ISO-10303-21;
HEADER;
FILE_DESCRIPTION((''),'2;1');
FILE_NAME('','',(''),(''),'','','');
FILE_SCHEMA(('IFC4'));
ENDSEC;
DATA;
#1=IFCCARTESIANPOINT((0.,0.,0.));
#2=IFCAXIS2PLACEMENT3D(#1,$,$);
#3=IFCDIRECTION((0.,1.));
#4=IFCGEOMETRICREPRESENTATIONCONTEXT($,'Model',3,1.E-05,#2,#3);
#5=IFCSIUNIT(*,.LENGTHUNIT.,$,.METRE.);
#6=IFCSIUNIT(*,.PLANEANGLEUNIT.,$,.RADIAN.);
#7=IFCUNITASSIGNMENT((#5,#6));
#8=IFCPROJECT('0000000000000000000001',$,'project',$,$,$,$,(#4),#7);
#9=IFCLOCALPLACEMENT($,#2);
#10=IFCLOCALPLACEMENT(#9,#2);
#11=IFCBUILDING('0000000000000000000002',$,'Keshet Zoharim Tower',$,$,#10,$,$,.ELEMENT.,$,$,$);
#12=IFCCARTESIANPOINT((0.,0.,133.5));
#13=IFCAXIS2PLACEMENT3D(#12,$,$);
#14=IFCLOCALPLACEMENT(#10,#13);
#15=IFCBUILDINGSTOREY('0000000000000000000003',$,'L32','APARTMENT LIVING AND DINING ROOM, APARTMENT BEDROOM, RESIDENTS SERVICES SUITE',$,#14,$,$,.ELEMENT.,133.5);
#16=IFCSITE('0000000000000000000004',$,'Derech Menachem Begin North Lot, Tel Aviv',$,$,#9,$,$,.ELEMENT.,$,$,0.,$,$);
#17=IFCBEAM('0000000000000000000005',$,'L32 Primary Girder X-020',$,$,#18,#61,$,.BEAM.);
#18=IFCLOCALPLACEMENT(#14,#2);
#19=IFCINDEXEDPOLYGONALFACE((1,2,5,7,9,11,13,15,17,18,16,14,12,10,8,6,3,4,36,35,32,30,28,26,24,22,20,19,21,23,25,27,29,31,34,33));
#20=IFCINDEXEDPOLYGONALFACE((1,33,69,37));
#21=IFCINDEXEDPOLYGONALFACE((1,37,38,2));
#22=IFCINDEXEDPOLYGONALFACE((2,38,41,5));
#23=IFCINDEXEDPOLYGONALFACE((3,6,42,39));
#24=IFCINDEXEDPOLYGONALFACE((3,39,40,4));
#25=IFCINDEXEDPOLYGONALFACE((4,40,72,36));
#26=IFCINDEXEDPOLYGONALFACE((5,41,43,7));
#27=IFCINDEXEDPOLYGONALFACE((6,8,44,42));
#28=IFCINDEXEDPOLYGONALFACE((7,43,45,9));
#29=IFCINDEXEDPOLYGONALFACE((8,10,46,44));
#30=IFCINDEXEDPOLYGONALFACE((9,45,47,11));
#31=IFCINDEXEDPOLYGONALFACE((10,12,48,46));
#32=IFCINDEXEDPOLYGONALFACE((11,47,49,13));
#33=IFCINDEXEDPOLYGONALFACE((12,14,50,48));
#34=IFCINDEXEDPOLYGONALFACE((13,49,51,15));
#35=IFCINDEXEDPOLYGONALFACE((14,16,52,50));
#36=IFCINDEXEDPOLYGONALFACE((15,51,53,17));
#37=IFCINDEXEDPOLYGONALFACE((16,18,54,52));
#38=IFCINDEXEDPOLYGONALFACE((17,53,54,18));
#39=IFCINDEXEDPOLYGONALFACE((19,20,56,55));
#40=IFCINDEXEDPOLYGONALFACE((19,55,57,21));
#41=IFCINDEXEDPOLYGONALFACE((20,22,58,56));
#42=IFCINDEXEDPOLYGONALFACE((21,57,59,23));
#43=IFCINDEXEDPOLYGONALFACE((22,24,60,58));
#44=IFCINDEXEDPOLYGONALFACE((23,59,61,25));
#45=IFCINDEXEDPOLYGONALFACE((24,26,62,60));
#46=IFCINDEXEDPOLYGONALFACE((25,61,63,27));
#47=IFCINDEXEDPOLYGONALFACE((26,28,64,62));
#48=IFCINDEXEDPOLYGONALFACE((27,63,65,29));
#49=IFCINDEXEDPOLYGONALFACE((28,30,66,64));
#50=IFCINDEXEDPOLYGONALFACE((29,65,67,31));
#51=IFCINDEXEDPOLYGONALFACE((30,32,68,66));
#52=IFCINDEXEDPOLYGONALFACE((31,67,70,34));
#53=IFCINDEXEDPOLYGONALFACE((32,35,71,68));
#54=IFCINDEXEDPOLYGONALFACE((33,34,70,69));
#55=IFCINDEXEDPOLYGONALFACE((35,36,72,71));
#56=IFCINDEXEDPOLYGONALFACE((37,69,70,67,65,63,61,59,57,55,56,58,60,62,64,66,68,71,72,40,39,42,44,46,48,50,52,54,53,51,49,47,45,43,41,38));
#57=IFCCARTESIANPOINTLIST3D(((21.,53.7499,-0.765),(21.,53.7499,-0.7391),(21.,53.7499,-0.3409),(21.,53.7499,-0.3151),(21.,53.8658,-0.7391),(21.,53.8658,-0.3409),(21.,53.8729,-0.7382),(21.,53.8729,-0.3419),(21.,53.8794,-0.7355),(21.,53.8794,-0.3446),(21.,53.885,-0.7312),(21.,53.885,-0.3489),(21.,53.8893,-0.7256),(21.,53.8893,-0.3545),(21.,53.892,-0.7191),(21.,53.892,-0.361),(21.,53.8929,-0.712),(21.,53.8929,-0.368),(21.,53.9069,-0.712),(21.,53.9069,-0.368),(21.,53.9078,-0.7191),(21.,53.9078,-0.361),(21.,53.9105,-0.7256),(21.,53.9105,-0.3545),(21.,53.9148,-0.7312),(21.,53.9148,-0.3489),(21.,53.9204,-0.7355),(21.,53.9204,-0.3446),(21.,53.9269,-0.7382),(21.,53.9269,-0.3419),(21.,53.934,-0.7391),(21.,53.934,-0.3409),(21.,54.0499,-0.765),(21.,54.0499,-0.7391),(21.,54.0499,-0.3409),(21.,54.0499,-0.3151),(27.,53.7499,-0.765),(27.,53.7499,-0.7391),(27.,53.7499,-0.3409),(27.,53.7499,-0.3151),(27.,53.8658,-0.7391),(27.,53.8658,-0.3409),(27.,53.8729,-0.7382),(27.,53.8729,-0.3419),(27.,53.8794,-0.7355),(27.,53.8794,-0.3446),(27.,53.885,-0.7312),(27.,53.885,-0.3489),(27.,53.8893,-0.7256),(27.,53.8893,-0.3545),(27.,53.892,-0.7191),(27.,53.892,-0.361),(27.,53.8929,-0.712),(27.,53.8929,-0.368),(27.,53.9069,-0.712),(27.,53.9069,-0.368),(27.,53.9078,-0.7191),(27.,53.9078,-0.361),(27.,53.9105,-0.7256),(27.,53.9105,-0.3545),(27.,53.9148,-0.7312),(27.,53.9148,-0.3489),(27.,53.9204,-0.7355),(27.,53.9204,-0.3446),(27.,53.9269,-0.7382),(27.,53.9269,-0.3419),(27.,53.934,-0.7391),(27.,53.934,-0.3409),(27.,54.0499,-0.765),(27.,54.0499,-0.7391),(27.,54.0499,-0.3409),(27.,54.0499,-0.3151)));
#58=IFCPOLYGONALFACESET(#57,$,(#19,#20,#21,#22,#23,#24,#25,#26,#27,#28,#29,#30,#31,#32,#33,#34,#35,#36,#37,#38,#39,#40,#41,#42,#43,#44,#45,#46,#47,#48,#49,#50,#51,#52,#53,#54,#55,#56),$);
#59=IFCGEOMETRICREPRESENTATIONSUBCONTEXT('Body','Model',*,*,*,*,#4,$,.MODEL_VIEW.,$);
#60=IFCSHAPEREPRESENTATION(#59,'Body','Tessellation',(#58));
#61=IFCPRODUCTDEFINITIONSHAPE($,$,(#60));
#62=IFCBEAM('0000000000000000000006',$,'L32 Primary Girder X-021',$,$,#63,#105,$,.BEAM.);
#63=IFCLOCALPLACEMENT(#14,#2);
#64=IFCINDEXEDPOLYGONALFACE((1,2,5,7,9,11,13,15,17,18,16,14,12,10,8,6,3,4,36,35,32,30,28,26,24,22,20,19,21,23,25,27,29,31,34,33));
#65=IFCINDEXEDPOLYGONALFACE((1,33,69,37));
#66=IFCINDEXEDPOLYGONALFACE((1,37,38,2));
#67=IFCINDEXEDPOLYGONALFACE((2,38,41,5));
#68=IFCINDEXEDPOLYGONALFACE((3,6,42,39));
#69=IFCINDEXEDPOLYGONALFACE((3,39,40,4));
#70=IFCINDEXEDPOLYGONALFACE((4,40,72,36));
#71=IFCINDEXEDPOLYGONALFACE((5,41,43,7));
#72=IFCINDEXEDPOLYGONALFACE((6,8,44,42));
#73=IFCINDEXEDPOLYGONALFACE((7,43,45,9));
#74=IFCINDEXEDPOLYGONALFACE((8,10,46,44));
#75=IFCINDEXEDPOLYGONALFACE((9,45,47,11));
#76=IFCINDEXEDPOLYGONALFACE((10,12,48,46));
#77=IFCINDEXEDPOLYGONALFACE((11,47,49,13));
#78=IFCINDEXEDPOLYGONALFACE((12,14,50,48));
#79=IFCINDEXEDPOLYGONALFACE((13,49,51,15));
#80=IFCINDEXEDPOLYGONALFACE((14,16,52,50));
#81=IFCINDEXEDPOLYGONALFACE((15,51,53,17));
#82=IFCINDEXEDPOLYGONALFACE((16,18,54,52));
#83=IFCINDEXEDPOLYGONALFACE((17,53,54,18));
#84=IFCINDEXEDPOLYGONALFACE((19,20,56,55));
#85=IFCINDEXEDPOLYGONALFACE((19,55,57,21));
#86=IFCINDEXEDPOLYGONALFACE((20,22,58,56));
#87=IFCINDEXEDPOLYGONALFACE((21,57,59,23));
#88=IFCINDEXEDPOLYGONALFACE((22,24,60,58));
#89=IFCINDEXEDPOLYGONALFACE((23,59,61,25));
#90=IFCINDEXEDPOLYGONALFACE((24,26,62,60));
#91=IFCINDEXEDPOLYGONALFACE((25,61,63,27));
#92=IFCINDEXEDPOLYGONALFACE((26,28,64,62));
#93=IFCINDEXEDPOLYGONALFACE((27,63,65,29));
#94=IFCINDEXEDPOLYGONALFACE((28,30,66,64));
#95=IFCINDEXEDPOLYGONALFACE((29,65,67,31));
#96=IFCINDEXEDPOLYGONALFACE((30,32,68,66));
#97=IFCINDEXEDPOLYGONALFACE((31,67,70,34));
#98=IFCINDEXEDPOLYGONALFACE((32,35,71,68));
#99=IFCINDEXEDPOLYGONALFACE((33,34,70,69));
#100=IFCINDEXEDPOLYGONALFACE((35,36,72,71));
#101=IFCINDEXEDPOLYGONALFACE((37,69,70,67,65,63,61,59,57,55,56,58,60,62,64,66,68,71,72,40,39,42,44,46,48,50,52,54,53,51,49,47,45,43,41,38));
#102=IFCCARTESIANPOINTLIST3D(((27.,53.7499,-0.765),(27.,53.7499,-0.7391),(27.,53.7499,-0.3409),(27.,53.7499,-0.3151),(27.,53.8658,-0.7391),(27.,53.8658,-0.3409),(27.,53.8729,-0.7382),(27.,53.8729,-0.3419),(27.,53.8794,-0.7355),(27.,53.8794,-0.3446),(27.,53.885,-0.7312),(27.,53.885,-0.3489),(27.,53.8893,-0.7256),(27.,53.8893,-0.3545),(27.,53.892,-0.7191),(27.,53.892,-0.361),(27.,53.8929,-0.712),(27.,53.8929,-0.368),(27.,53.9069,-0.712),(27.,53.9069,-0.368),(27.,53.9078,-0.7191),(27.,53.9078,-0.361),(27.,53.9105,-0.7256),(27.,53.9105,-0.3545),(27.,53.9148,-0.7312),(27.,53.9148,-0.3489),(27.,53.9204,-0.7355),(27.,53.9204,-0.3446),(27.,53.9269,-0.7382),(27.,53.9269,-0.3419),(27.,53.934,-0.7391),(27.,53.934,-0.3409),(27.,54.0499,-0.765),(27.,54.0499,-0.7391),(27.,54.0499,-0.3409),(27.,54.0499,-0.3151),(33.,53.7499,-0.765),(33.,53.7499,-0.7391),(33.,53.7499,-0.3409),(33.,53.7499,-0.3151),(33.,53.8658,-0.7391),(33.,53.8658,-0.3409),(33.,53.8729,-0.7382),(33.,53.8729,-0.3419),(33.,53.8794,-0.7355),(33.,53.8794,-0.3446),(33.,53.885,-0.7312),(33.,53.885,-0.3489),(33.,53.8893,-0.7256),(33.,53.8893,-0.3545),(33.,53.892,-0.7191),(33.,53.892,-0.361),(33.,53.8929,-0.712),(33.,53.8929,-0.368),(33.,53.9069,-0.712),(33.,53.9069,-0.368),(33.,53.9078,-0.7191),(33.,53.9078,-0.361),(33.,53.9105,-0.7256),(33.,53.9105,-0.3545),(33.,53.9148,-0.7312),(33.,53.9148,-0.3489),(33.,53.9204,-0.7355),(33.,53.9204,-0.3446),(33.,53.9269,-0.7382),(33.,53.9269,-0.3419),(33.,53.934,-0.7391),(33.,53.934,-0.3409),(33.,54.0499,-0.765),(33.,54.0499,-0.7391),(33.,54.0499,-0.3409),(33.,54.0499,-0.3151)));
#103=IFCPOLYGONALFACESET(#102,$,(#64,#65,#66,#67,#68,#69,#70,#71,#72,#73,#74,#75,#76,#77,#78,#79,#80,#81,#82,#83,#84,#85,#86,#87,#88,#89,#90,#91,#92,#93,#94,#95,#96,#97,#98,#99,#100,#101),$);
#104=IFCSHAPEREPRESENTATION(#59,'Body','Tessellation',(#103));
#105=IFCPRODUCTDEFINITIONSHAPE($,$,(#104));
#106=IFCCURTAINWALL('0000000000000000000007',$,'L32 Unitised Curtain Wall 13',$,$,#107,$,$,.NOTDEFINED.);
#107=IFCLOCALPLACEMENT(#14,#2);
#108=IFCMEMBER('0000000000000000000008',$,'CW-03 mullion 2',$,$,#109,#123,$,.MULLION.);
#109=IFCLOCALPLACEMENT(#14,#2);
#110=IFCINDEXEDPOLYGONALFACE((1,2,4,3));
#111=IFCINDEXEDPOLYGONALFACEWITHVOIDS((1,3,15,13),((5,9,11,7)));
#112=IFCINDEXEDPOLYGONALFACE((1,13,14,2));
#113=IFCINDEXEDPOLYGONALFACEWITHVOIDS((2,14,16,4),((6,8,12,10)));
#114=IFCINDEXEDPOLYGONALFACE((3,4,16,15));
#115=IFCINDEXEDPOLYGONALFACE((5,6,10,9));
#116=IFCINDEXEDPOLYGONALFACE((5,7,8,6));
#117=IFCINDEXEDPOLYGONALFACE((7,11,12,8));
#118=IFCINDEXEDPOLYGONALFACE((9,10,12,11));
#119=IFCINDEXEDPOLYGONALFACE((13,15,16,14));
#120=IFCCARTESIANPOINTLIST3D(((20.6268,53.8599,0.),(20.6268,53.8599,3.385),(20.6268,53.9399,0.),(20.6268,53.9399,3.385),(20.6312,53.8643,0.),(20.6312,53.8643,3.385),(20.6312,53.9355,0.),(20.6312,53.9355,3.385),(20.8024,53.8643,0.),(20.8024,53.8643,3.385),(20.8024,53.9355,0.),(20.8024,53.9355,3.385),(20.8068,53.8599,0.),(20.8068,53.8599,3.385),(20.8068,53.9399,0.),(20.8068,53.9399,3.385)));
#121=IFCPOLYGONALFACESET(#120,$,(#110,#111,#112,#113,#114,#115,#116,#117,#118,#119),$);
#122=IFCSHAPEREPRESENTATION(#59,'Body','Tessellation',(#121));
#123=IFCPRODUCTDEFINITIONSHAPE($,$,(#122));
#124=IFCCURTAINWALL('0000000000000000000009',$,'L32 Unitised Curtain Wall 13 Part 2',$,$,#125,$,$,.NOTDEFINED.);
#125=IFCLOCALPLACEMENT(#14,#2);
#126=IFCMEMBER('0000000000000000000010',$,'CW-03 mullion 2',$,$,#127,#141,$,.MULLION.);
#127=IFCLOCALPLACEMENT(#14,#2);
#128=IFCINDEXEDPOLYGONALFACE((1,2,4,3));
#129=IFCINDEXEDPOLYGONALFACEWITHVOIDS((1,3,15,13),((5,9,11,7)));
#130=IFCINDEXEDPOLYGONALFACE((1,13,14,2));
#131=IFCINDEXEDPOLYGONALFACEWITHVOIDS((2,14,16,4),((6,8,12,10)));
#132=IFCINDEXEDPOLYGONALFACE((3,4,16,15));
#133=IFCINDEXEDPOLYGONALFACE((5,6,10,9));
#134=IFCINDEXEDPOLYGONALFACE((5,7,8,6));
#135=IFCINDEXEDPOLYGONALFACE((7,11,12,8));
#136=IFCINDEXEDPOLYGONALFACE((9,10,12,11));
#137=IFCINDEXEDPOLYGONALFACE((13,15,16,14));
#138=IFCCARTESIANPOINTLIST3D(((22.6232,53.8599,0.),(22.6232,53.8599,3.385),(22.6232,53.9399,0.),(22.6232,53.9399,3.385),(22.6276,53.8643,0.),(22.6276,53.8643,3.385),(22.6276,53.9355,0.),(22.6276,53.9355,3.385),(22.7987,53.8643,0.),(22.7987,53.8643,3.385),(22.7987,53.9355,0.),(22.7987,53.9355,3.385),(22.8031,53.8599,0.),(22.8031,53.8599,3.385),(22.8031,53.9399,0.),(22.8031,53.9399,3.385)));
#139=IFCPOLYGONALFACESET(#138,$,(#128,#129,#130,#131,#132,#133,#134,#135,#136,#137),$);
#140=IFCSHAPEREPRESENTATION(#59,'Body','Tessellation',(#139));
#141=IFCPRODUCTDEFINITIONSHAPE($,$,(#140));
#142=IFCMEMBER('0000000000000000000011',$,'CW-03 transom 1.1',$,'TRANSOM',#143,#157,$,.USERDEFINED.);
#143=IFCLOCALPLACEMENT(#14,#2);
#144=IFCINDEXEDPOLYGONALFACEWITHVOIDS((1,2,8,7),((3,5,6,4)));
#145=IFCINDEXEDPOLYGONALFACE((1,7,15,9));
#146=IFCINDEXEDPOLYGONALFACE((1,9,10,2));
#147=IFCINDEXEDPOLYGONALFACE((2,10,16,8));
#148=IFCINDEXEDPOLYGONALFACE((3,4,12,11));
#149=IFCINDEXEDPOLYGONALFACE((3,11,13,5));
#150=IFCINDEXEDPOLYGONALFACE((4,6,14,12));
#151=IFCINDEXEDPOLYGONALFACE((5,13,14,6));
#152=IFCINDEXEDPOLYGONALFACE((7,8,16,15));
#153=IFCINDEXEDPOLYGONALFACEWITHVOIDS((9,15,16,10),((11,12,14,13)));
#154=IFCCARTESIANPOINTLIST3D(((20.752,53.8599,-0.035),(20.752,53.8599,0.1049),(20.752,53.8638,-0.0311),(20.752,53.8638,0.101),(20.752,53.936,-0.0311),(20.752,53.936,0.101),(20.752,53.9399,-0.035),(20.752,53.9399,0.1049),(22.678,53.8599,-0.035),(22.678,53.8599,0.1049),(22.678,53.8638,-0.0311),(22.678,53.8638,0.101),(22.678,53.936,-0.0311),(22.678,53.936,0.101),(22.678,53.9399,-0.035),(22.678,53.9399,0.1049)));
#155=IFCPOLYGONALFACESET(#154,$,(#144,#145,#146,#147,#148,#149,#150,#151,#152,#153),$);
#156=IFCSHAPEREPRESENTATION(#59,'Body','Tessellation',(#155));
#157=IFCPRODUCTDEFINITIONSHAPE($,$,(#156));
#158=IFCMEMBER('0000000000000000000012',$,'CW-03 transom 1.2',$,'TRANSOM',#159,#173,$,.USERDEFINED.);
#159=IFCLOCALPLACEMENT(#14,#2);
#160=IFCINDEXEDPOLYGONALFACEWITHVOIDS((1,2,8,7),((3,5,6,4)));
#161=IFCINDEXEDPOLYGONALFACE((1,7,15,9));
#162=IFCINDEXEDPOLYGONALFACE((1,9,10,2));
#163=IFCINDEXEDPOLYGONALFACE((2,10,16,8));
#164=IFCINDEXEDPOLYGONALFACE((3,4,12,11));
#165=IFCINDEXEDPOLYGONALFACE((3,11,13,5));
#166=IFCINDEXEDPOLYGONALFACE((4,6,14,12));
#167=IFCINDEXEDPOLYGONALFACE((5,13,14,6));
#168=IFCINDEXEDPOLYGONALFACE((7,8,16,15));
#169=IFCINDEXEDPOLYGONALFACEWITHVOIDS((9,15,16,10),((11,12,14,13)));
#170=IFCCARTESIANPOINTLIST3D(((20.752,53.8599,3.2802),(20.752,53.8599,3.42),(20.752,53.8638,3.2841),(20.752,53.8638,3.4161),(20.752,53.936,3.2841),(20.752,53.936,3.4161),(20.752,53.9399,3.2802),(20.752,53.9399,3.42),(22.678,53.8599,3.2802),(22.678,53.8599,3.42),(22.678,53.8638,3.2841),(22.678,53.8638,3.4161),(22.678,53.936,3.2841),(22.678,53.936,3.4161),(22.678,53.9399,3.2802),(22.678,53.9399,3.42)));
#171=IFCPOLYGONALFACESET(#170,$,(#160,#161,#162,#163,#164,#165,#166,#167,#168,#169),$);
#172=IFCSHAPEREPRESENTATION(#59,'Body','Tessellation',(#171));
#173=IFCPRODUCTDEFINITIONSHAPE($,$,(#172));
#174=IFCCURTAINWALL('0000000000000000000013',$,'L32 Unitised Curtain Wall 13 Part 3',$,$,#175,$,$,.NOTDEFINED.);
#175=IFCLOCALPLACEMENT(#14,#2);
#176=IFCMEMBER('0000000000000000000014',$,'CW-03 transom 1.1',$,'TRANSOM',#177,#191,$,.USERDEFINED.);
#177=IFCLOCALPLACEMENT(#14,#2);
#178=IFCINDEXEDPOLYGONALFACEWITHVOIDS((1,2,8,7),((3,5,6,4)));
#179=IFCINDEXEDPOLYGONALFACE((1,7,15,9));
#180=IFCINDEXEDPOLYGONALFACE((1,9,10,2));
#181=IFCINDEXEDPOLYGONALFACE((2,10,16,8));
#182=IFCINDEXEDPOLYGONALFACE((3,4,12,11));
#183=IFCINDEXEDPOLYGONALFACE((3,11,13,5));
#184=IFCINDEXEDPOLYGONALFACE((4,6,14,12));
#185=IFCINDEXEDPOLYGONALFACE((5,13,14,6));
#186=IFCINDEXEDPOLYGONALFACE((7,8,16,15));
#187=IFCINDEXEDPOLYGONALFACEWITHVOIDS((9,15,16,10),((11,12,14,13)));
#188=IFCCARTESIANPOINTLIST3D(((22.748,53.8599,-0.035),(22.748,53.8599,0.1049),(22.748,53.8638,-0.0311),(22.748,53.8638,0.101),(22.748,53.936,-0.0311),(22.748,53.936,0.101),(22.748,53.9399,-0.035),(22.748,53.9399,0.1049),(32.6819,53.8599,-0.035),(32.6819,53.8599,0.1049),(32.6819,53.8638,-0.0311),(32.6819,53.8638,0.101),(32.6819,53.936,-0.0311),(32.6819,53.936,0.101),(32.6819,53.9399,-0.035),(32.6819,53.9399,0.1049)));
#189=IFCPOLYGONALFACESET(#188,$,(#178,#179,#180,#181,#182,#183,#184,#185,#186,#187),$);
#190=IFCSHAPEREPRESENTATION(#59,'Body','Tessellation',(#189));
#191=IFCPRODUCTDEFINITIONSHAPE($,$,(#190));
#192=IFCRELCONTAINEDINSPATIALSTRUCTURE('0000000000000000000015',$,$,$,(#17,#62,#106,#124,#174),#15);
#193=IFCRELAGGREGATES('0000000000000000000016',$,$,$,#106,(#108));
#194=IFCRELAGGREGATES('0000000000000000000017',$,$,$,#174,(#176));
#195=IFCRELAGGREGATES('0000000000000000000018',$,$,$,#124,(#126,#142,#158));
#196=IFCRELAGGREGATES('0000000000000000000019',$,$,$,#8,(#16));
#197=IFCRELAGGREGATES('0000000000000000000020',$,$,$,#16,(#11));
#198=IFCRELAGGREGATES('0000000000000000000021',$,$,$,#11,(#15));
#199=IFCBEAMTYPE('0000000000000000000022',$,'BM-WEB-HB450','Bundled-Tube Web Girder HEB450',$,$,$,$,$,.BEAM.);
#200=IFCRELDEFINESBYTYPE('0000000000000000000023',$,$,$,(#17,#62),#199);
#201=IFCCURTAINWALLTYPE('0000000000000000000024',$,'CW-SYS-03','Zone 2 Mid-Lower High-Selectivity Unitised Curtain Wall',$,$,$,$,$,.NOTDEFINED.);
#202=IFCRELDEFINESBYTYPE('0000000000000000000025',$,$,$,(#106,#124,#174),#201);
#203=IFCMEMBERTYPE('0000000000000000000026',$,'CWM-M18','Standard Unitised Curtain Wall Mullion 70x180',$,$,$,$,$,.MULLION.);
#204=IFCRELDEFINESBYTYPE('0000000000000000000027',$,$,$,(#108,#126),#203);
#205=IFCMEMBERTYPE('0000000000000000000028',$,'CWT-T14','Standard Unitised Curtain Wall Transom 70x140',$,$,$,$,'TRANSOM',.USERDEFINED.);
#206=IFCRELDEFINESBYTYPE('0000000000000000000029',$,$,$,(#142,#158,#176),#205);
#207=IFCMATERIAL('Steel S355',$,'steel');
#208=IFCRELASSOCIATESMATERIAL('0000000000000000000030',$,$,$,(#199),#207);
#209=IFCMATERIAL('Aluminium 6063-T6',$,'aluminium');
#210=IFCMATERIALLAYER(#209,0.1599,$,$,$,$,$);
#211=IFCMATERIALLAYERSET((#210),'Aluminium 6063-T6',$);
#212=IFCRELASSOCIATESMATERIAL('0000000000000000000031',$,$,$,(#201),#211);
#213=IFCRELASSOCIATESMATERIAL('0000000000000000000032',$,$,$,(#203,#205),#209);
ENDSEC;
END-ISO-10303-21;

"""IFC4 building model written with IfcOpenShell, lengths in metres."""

from ifc_helpers import new_model, si_unit, direction, frame, origin, origin_2d, place, context, subcontext, project, spatial, hollow_rectangle, i_section, extrude, material, layer, layer_set, material_profile, profile_set, type_object, element, aggregate, save


model = new_model("IFC4")

# Units and contexts
model_context = context("Model", 3, precision=1e-05, world=origin(), true_north=direction((0.0, 1.0)))
body_context = subcontext(model_context, "Body", "Model", "MODEL_VIEW")
ifc_project = project(units=[si_unit("LENGTHUNIT", "METRE"), si_unit("PLANEANGLEUNIT", "RADIAN")], contexts=[model_context])

# Site, building, storey
site_placement = place(None, origin())
site = spatial("IfcSite", under=ifc_project, at=site_placement, Name="Derech Menachem Begin North Lot, Tel Aviv", CompositionType="ELEMENT", RefElevation=0.0)
building_placement = place(site_placement, origin())
building = spatial("IfcBuilding", under=site, at=building_placement, Name="Keshet Zoharim Tower", CompositionType="ELEMENT")
storey_placement = place(building_placement, frame((0.0, 0.0, 133.5)))
storey = spatial("IfcBuildingStorey", under=building, at=storey_placement, Name="L32", Description="APARTMENT LIVING AND DINING ROOM, APARTMENT BEDROOM, RESIDENTS SERVICES SUITE", CompositionType="ELEMENT", Elevation=133.5)

# Shared definitions
ifc_material_1 = material(Name="Steel S355", Category="steel")

# Beams
ifc_material_profile_1 = material_profile(ifc_material_1, i_section(OverallWidth=0.3, OverallDepth=0.45, WebThickness=0.0139, FlangeThickness=0.0259, FilletRadius=0.0271, at=origin_2d()), Name="HEB450")
ifc_profile_set_1 = profile_set([ifc_material_profile_1], Name="Steel S355")
beam_type_1 = type_object("IfcBeamType", Name="BM-WEB-HB450", Description="Bundled-Tube Web Girder HEB450", PredefinedType="BEAM", material=ifc_profile_set_1)
for number, where, z_axis, x_axis, name in (
    (1, (21.0, 53.8999, -0.54), (1.0, 0.0, 0.0), (0.0, 1.0, 0.0), "L32 Primary Girder X-020"),
    (2, (27.0, 53.8999, -0.54), (1.0, 0.0, 0.0), (0.0, 1.0, 0.0), "L32 Primary Girder X-021"),
):
    element("IfcBeam", number, at=place(storey_placement, frame(where, z_axis=z_axis, x_axis=x_axis)), inside=storey, type_object=beam_type_1, Name=name, PredefinedType="BEAM", context=body_context, shape_type="SweptSolid", body=[
        extrude(i_section(OverallWidth=0.3, OverallDepth=0.45, WebThickness=0.0139, FlangeThickness=0.0259, FilletRadius=0.0271, at=origin_2d()), origin(), (0.0, 0.0, 1.0), 6.0),
    ])

# Curtain wall, member
ifc_material_2 = material(Name="Aluminium 6063-T6", Category="aluminium")
ifc_layer_1 = layer(ifc_material_2, 0.1599)
ifc_layer_set_1 = layer_set([ifc_layer_1], Name="Aluminium 6063-T6")
curtain_wall_type = type_object("IfcCurtainWallType", Name="CW-SYS-03", Description="Zone 2 Mid-Lower High-Selectivity Unitised Curtain Wall", PredefinedType="NOTDEFINED", material=ifc_layer_set_1)
curtain_wall_1_placement = place(storey_placement, origin())
curtain_wall_1 = element("IfcCurtainWall", 3, at=curtain_wall_1_placement, inside=storey, type_object=curtain_wall_type, Name="L32 Unitised Curtain Wall 13", PredefinedType="NOTDEFINED")
ifc_material_profile_2 = material_profile(ifc_material_2, hollow_rectangle(XDim=0.0801, YDim=0.1799, WallThickness=0.0044, at=origin_2d()), Name="MUL-80x180")
ifc_profile_set_2 = profile_set([ifc_material_profile_2], Name="Aluminium 6063-T6")
member_type_1 = type_object("IfcMemberType", Name="CWM-M18", Description="Standard Unitised Curtain Wall Mullion 70x180", PredefinedType="MULLION", material=ifc_profile_set_2)
member_1_placement = place(storey_placement, frame((20.7168, 53.8999, 0.0), z_axis=(0.0, 0.0, 1.0), x_axis=(0.0, 1.0, 0.0)))
member_1 = element("IfcMember", 4, at=member_1_placement, type_object=member_type_1, Name="CW-03 mullion 2", PredefinedType="MULLION", context=body_context, shape_type="SweptSolid", body=[
    extrude(hollow_rectangle(XDim=0.0801, YDim=0.1799, WallThickness=0.0044, at=origin_2d()), origin(), (0.0, 0.0, 1.0), 3.385),
])

# Curtain walls, members
curtain_wall_2_placement = place(storey_placement, origin())
curtain_wall_2 = element("IfcCurtainWall", 5, at=curtain_wall_2_placement, inside=storey, type_object=curtain_wall_type, Name="L32 Unitised Curtain Wall 13 Part 2", PredefinedType="NOTDEFINED")
member_2_placement = place(storey_placement, frame((22.7131, 53.8999, 0.0), z_axis=(0.0, 0.0, 1.0), x_axis=(0.0, 1.0, 0.0)))
member_2 = element("IfcMember", 6, at=member_2_placement, type_object=member_type_1, Name="CW-03 mullion 2", PredefinedType="MULLION", context=body_context, shape_type="SweptSolid", body=[
    extrude(hollow_rectangle(XDim=0.0801, YDim=0.1799, WallThickness=0.0044, at=origin_2d()), origin(), (0.0, 0.0, 1.0), 3.385),
])
ifc_material_profile_3 = material_profile(ifc_material_2, hollow_rectangle(XDim=0.0801, YDim=0.1399, WallThickness=0.0039, at=origin_2d()), Name="TRN-80x140")
ifc_profile_set_3 = profile_set([ifc_material_profile_3], Name="Aluminium 6063-T6")
member_type_2 = type_object("IfcMemberType", Name="CWT-T14", Description="Standard Unitised Curtain Wall Transom 70x140", ElementType="TRANSOM", PredefinedType="USERDEFINED", material=ifc_profile_set_3)
member_3_placement = place(storey_placement, frame((20.752, 53.8999, 0.0349), z_axis=(1.0, 0.0, 0.0), x_axis=(0.0, 1.0, 0.0)))
member_3 = element("IfcMember", 7, at=member_3_placement, type_object=member_type_2, Name="CW-03 transom 1.1", ObjectType="TRANSOM", PredefinedType="USERDEFINED", context=body_context, shape_type="SweptSolid", body=[
    extrude(hollow_rectangle(XDim=0.0801, YDim=0.1399, WallThickness=0.0039, at=origin_2d()), origin(), (0.0, 0.0, 1.0), 1.926),
])
member_4_placement = place(storey_placement, frame((20.752, 53.8999, 3.3501), z_axis=(1.0, 0.0, 0.0), x_axis=(0.0, 1.0, 0.0)))
member_4 = element("IfcMember", 8, at=member_4_placement, type_object=member_type_2, Name="CW-03 transom 1.2", ObjectType="TRANSOM", PredefinedType="USERDEFINED", context=body_context, shape_type="SweptSolid", body=[
    extrude(hollow_rectangle(XDim=0.0801, YDim=0.1399, WallThickness=0.0039, at=origin_2d()), origin(), (0.0, 0.0, 1.0), 1.926),
])
curtain_wall_3_placement = place(storey_placement, origin())
curtain_wall_3 = element("IfcCurtainWall", 9, at=curtain_wall_3_placement, inside=storey, type_object=curtain_wall_type, Name="L32 Unitised Curtain Wall 13 Part 3", PredefinedType="NOTDEFINED")
member_5_placement = place(storey_placement, frame((22.748, 53.8999, 0.0349), z_axis=(1.0, 0.0, 0.0), x_axis=(0.0, 1.0, 0.0)))
member_5 = element("IfcMember", 10, at=member_5_placement, type_object=member_type_2, Name="CW-03 transom 1.1", ObjectType="TRANSOM", PredefinedType="USERDEFINED", context=body_context, shape_type="SweptSolid", body=[
    extrude(hollow_rectangle(XDim=0.0801, YDim=0.1399, WallThickness=0.0039, at=origin_2d()), origin(), (0.0, 0.0, 1.0), 9.9338),
])

aggregate(curtain_wall_1, [member_1])
aggregate(curtain_wall_3, [member_5])
aggregate(curtain_wall_2, [member_2, member_3, member_4])

save(model, "model.ifc")
